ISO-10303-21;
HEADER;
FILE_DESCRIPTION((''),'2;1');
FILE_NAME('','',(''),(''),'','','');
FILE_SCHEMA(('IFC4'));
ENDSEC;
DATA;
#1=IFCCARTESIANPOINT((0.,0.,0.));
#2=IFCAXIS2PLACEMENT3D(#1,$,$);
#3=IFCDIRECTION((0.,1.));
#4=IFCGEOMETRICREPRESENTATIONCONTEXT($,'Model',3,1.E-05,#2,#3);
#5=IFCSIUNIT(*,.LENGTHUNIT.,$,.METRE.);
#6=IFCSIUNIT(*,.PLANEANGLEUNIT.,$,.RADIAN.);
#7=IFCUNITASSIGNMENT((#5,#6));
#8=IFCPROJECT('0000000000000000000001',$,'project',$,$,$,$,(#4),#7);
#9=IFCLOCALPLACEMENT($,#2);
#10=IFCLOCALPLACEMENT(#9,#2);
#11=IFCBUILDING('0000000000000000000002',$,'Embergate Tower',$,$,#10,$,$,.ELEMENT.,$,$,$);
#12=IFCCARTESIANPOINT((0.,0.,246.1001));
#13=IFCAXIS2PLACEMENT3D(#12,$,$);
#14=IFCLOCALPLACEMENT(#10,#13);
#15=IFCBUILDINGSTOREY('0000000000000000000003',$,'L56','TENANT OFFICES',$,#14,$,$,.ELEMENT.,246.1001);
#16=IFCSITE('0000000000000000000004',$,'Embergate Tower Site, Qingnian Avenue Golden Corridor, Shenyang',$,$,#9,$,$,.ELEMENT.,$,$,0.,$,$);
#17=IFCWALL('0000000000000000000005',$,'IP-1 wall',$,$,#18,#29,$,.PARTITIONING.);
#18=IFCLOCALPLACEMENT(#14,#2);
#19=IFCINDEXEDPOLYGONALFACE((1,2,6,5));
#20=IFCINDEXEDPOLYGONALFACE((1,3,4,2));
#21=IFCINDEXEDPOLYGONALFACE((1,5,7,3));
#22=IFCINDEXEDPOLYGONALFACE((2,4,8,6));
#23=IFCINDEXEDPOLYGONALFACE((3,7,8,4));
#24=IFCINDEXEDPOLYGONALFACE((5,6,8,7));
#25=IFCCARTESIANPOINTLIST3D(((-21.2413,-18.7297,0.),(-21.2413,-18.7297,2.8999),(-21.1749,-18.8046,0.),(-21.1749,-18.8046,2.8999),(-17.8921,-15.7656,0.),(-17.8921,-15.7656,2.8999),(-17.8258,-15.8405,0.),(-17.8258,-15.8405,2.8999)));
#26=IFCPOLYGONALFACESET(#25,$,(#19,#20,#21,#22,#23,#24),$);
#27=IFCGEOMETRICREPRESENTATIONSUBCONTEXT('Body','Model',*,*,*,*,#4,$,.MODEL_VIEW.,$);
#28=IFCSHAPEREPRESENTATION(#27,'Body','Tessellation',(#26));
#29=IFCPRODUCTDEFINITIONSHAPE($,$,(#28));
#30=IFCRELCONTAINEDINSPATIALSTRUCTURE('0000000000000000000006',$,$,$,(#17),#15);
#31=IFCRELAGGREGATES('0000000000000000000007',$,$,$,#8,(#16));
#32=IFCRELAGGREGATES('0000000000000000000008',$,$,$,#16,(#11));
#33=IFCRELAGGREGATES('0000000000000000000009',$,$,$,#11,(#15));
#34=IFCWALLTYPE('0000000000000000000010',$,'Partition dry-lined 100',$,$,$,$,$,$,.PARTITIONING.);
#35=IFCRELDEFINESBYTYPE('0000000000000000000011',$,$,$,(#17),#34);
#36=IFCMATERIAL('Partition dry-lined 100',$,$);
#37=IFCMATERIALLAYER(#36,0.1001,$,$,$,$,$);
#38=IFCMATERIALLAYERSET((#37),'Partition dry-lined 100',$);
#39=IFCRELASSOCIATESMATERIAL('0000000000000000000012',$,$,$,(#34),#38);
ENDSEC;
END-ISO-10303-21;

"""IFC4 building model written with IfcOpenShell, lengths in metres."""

from ifc_helpers import new_model, si_unit, direction, frame, frame_2d, origin, place, context, subcontext, project, spatial, rectangle, extrude, source, transform, mapped, material, layer, layer_set, type_object, element, save


model = new_model("IFC4")

# Units and contexts
model_context = context("Model", 3, precision=1e-05, world=origin(), true_north=direction((0.0, 1.0)))
body_context = subcontext(model_context, "Body", "Model", "MODEL_VIEW")
ifc_project = project(units=[si_unit("LENGTHUNIT", "METRE"), si_unit("PLANEANGLEUNIT", "RADIAN")], contexts=[model_context])

# Site, building, storey
site_placement = place(None, origin())
site = spatial("IfcSite", under=ifc_project, at=site_placement, Name="Embergate Tower Site, Qingnian Avenue Golden Corridor, Shenyang", CompositionType="ELEMENT", RefElevation=0.0)
building_placement = place(site_placement, origin())
building = spatial("IfcBuilding", under=site, at=building_placement, Name="Embergate Tower", CompositionType="ELEMENT")
storey_placement = place(building_placement, frame((0.0, 0.0, 246.1001)))
storey = spatial("IfcBuildingStorey", under=building, at=storey_placement, Name="L56", Description="TENANT OFFICES", CompositionType="ELEMENT", Elevation=246.1001)

# Wall
ifc_material_1 = material(Name="Partition dry-lined 100")
ifc_layer_1 = layer(ifc_material_1, 0.1001)
ifc_layer_set_1 = layer_set([ifc_layer_1], Name="Partition dry-lined 100")
wall_type = type_object("IfcWallType", Name="Partition dry-lined 100", PredefinedType="PARTITIONING", material=ifc_layer_set_1)
shared_shape_1 = source(origin(), body_context, "Body", "SweptSolid", [
    extrude(rectangle(XDim=4.4724, YDim=0.1001, at=frame_2d((2.2363, 0.0))), origin(), (0.0, 0.0, 1.0), 2.8999),
])
wall_placement = place(storey_placement, frame((-17.8589, -15.803, 0.0), z_axis=(0.0, 0.0, 1.0), x_axis=(-0.748838, -0.662753, 0.0)))
element("IfcWall", 1, at=wall_placement, inside=storey, type_object=wall_type, Name="IP-1 wall", PredefinedType="PARTITIONING", context=body_context, shape_type="MappedRepresentation", body=[
    mapped(shared_shape_1, transform((0.0, 0.0, 0.0))),
])

save(model, "model.ifc")
